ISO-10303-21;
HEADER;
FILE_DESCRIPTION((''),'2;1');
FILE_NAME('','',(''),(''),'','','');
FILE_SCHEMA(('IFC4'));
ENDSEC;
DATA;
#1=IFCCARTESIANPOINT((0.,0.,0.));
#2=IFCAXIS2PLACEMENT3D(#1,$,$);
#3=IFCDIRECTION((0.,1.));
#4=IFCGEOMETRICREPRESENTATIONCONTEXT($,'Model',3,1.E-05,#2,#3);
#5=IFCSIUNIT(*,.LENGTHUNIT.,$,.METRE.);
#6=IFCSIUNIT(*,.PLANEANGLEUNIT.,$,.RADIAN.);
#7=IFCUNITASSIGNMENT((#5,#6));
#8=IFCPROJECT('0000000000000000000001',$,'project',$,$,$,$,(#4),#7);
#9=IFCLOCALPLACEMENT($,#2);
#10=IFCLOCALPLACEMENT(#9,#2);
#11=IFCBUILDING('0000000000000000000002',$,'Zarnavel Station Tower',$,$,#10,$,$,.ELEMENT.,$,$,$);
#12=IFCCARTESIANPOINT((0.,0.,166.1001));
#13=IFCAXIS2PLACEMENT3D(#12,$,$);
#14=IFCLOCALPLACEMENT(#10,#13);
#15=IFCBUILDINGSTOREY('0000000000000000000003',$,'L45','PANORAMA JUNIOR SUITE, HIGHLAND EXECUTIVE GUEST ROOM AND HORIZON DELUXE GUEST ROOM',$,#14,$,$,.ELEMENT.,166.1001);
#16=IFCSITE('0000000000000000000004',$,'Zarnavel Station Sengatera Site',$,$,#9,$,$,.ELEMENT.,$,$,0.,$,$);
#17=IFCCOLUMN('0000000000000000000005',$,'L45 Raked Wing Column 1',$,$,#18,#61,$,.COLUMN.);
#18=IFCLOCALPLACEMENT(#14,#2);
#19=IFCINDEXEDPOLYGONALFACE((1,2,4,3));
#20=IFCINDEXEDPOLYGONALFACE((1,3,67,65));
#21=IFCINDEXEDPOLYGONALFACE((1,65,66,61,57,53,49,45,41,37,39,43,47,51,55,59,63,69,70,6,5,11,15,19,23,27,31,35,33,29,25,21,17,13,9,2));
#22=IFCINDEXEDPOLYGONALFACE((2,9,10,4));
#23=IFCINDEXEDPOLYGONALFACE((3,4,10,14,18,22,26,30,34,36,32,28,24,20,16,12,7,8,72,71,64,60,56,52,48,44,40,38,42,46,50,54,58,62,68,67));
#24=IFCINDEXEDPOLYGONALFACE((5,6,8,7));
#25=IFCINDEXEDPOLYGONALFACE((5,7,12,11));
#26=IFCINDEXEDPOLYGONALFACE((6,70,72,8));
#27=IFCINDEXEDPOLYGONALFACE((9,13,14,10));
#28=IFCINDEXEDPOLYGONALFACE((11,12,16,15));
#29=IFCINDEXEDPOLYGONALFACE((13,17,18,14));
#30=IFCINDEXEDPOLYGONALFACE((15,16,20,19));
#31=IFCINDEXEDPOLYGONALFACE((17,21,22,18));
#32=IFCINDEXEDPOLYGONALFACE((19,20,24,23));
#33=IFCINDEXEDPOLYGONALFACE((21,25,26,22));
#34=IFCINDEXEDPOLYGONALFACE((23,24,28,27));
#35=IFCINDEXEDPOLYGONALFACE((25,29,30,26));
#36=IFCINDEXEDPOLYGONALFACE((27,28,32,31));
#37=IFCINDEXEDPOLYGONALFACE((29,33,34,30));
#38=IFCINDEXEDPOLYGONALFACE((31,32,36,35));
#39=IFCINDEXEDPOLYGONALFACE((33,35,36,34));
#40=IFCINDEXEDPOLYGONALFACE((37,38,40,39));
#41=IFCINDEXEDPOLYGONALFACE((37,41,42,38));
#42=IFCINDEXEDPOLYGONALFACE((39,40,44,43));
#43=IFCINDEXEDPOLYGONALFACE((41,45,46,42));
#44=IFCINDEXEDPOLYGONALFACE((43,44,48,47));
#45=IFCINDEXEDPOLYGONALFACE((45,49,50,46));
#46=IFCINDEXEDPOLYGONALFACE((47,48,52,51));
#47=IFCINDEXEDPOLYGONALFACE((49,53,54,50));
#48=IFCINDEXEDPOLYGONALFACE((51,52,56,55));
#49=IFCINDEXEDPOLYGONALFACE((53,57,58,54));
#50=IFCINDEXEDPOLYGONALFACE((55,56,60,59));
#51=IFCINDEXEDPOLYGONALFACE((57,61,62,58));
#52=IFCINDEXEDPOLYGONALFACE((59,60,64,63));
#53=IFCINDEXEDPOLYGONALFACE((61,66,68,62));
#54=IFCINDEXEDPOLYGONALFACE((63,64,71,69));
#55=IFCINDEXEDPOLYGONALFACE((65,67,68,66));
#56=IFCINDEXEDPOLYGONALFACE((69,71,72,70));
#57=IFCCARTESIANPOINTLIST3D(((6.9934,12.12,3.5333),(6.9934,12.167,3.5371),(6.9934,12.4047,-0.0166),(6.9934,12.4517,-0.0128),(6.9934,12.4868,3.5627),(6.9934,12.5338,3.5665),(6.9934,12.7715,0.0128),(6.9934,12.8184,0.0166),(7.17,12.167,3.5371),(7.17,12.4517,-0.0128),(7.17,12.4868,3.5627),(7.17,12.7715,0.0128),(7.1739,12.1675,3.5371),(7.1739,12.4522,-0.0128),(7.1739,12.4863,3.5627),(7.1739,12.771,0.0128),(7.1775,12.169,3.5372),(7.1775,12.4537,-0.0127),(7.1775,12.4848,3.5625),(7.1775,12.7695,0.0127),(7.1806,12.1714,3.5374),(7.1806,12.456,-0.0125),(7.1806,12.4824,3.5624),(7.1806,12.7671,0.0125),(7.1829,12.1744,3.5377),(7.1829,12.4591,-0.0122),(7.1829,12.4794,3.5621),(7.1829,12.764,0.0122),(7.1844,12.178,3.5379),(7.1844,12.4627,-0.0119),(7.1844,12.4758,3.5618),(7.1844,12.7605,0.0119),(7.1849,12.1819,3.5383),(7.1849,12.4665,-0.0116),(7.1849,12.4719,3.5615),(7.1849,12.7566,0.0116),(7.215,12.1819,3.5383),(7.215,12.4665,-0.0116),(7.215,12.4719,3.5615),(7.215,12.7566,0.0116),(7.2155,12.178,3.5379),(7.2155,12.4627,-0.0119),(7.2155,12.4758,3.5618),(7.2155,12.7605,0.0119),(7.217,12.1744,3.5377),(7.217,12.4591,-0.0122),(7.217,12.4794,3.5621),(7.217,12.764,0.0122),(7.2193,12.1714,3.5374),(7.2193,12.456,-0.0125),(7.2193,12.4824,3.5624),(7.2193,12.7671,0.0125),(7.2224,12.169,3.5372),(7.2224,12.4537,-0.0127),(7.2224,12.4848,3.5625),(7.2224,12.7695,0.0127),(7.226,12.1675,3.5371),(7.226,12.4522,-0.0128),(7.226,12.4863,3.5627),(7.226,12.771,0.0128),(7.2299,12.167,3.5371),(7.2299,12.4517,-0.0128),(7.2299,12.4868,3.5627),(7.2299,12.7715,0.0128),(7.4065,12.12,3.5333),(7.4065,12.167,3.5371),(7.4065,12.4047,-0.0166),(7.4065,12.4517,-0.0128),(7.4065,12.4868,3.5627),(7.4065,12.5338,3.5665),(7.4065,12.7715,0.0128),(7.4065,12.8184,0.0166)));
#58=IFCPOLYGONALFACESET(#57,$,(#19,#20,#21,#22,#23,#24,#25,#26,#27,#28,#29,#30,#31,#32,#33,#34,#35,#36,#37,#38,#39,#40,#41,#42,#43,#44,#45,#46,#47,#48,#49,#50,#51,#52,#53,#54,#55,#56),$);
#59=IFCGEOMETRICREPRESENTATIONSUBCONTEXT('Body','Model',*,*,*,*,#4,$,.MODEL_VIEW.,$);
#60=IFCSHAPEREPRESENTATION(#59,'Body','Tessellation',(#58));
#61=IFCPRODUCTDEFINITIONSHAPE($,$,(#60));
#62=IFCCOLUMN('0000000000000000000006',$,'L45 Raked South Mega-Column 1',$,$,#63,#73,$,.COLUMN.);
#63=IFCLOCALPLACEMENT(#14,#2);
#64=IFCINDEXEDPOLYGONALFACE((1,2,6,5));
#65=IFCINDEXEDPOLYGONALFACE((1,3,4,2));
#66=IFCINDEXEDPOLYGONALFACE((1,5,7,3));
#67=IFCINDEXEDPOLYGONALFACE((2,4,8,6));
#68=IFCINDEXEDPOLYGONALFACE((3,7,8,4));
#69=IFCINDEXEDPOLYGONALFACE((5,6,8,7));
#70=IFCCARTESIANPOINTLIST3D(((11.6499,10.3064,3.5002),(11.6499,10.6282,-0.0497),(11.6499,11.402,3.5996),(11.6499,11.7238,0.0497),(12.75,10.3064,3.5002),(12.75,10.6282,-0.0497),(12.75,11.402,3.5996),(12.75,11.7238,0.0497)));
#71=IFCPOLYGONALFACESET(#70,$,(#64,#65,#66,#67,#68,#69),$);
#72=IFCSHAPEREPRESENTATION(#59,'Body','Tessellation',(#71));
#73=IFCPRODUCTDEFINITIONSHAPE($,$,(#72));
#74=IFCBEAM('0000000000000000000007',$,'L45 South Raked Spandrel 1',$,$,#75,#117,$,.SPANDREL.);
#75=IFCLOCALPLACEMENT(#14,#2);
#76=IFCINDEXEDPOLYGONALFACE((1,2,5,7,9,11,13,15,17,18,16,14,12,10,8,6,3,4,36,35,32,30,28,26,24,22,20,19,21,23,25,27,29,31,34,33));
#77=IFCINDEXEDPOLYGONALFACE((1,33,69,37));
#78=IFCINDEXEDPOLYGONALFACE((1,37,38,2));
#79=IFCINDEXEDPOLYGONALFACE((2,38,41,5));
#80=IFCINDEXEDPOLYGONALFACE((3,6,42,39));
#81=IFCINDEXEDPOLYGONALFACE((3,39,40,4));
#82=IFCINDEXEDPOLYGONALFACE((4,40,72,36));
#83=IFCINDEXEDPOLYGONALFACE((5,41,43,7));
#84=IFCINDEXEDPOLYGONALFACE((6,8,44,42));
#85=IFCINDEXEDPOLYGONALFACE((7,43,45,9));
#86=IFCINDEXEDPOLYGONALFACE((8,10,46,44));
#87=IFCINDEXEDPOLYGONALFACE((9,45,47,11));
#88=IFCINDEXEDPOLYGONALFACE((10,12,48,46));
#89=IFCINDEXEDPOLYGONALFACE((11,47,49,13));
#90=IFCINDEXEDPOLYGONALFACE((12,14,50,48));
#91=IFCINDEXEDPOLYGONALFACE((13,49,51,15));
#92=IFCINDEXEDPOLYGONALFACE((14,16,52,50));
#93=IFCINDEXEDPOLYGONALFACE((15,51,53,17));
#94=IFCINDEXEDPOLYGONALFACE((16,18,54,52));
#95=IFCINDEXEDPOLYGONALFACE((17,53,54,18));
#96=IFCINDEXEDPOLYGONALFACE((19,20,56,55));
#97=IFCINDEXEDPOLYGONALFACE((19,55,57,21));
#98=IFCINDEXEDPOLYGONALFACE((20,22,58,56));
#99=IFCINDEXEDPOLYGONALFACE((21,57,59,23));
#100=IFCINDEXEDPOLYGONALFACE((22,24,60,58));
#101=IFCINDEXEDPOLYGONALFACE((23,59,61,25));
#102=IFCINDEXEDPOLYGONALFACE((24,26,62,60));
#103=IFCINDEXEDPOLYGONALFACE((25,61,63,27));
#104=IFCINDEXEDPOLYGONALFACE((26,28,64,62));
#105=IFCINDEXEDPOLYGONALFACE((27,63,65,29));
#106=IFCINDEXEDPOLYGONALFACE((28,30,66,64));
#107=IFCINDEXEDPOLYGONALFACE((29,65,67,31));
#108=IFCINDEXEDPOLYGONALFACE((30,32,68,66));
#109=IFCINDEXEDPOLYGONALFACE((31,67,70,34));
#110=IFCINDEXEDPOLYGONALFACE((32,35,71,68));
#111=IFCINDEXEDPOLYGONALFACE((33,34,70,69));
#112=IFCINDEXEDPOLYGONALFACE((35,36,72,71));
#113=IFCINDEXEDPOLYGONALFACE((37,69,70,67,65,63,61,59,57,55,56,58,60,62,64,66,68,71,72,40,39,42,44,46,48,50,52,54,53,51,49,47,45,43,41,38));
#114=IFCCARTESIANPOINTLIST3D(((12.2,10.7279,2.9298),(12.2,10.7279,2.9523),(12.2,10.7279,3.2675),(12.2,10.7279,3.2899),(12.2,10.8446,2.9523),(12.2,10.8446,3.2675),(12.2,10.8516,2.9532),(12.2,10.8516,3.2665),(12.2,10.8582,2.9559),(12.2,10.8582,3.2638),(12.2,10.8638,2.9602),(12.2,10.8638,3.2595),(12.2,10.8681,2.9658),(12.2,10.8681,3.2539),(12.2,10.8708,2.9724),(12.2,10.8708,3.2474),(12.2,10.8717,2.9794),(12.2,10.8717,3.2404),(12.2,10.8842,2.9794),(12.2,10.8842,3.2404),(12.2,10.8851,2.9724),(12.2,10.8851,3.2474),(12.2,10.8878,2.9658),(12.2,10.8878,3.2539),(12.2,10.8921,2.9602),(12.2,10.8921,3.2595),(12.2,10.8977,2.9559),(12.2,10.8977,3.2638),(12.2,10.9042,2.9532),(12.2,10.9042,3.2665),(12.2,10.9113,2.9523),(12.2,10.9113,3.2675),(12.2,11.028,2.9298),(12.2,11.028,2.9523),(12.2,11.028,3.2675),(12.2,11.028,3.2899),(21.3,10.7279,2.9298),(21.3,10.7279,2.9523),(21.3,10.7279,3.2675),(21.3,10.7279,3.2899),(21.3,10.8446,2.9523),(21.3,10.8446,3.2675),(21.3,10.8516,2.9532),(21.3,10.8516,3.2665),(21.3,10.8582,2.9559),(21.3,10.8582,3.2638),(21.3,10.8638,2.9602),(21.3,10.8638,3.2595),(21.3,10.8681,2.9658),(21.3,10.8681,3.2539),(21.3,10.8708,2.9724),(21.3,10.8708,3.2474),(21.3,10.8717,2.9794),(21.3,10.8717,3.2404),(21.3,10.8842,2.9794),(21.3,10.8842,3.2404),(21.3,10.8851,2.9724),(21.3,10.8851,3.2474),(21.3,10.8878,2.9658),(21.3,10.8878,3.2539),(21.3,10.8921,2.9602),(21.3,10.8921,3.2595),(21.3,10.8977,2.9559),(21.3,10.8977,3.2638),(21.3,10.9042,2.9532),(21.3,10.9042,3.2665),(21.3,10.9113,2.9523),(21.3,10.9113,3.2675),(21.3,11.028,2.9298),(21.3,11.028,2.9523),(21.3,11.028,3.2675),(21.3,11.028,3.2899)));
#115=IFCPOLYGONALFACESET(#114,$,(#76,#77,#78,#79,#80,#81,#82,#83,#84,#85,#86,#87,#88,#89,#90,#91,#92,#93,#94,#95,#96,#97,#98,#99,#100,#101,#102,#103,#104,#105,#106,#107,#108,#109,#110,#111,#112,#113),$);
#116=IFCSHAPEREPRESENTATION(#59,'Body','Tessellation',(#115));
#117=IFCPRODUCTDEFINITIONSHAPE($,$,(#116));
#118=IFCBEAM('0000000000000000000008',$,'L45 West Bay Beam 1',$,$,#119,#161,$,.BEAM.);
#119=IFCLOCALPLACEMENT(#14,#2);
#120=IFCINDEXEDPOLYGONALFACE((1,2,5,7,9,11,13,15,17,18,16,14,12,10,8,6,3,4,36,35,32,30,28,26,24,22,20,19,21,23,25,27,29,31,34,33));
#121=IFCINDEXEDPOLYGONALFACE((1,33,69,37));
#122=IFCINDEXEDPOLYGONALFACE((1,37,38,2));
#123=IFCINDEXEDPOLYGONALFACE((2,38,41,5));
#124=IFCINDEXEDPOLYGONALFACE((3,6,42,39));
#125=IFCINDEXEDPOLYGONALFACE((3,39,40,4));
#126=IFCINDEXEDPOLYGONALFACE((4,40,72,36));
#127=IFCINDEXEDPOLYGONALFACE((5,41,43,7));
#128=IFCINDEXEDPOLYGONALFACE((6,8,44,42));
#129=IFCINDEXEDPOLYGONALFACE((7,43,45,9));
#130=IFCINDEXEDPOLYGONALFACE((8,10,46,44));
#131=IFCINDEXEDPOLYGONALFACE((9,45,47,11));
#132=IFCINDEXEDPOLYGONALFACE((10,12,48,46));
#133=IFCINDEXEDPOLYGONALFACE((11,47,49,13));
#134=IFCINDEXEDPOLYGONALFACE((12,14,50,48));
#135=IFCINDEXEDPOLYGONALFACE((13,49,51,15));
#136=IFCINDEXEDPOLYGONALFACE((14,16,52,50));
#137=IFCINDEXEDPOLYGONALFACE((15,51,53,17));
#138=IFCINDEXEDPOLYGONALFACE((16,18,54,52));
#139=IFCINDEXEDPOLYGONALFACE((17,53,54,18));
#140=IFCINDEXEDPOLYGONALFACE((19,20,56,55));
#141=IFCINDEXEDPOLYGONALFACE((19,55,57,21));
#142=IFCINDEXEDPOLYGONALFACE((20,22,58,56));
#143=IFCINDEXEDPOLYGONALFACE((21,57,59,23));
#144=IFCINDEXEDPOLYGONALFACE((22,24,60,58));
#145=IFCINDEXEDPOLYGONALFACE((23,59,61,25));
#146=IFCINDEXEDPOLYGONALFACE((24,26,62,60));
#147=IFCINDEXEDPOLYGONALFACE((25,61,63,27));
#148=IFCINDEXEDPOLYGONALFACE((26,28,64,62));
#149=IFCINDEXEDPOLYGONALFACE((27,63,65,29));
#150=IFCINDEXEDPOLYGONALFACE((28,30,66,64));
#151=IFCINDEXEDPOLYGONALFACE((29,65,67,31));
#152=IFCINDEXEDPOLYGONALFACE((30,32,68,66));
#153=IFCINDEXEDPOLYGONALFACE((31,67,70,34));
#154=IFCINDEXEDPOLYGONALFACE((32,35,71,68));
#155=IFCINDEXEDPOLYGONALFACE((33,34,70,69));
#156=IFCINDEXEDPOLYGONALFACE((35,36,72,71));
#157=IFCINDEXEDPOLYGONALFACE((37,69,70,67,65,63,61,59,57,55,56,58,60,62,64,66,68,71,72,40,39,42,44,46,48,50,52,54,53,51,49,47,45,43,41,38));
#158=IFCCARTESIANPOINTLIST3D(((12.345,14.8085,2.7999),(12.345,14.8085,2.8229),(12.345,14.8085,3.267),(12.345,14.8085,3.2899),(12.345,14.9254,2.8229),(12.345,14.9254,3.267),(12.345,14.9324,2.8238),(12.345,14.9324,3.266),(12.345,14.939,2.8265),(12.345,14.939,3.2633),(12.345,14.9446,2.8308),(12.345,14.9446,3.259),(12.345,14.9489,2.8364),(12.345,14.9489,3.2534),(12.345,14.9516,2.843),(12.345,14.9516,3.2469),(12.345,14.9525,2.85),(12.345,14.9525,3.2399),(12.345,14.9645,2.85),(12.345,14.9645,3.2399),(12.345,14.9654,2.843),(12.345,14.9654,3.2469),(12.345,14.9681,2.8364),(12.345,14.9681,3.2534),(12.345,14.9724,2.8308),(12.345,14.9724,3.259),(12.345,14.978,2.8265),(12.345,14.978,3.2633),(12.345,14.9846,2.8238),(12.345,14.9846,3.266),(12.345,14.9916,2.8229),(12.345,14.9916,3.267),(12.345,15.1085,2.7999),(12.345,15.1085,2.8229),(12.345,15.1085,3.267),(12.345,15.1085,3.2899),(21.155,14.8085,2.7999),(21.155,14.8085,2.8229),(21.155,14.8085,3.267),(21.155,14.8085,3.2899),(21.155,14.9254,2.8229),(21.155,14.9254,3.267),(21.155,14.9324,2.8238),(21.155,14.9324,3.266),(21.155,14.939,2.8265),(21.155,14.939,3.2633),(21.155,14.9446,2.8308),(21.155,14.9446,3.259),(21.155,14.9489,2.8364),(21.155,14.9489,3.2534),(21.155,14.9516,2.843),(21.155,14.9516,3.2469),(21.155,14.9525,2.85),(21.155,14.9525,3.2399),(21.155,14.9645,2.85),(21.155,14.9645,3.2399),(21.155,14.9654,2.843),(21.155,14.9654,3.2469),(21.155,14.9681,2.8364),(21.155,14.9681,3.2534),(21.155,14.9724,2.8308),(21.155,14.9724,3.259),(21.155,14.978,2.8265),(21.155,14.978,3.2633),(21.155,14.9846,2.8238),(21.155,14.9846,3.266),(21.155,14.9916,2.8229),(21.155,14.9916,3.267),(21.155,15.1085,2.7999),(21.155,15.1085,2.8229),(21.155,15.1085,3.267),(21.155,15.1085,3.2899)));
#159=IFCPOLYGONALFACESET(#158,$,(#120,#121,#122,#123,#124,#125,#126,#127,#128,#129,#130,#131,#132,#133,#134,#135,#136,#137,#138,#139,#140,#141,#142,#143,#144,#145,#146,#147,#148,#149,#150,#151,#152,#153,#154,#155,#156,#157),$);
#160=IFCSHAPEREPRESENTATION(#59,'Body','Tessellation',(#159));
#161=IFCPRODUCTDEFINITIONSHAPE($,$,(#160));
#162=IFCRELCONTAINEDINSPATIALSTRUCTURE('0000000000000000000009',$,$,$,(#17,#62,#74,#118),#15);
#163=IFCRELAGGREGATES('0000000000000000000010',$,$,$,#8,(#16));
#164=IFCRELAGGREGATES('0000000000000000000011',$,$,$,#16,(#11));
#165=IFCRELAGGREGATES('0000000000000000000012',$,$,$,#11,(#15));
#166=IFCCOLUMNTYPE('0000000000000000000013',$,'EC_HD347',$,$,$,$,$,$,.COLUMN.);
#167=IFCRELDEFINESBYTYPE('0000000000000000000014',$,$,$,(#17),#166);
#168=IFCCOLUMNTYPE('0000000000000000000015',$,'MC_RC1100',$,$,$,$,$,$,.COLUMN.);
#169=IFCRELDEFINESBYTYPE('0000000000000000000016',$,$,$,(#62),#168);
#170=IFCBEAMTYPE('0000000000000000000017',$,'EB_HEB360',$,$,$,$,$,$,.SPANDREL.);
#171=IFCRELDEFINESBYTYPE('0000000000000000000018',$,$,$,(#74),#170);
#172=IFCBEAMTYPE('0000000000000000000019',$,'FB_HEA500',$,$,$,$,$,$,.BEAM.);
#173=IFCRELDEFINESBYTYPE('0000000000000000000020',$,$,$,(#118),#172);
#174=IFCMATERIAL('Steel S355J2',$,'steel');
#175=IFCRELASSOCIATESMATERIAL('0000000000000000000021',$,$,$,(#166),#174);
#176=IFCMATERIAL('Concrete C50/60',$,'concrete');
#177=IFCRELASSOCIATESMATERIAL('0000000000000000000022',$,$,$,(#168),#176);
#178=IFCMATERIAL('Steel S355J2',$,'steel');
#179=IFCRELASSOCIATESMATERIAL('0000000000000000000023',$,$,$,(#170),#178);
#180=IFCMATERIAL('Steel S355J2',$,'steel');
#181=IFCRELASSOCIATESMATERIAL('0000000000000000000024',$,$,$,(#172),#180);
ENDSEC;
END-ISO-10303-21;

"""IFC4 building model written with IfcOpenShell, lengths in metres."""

from ifc_helpers import new_model, si_unit, direction, frame, origin, origin_2d, place, context, subcontext, project, spatial, rectangle, i_section, extrude, material, material_profile, profile_set, type_object, element, save


model = new_model("IFC4")

# Units and contexts
model_context = context("Model", 3, precision=1e-05, world=origin(), true_north=direction((0.0, 1.0)))
body_context = subcontext(model_context, "Body", "Model", "MODEL_VIEW")
ifc_project = project(units=[si_unit("LENGTHUNIT", "METRE"), si_unit("PLANEANGLEUNIT", "RADIAN")], contexts=[model_context])

# Site, building, storey
site_placement = place(None, origin())
site = spatial("IfcSite", under=ifc_project, at=site_placement, Name="Zarnavel Station Sengatera Site", CompositionType="ELEMENT", RefElevation=0.0)
building_placement = place(site_placement, origin())
building = spatial("IfcBuilding", under=site, at=building_placement, Name="Zarnavel Station Tower", CompositionType="ELEMENT")
storey_placement = place(building_placement, frame((0.0, 0.0, 166.1001)))
storey = spatial("IfcBuildingStorey", under=building, at=storey_placement, Name="L45", Description="PANORAMA JUNIOR SUITE, HIGHLAND EXECUTIVE GUEST ROOM AND HORIZON DELUXE GUEST ROOM", CompositionType="ELEMENT", Elevation=166.1001)

# Columns
ifc_material_1 = material(Name="Steel S355J2", Category="steel")
ifc_material_profile_1 = material_profile(ifc_material_1, i_section(OverallWidth=0.4131, OverallDepth=0.415, WebThickness=0.03, FlangeThickness=0.0471, FilletRadius=0.0149, at=origin_2d()), Name="HD400x347")
ifc_profile_set_1 = profile_set([ifc_material_profile_1], Name="Steel S355J2")
column_type_1 = type_object("IfcColumnType", Name="EC_HD347", PredefinedType="COLUMN", material=ifc_profile_set_1)
column_1_placement = place(storey_placement, frame((7.2, 12.6116, 0.0), z_axis=(0.0, -0.079936, 0.9968), x_axis=(1.0, 0.0, 0.0)))
element("IfcColumn", 1, at=column_1_placement, inside=storey, type_object=column_type_1, Name="L45 Raked Wing Column 1", PredefinedType="COLUMN", context=body_context, shape_type="SweptSolid", body=[
    extrude(i_section(OverallWidth=0.4131, OverallDepth=0.415, WebThickness=0.03, FlangeThickness=0.0471, FilletRadius=0.0149, at=origin_2d()), origin(), (0.0, 0.0, 1.0), 3.5613),
])
ifc_material_2 = material(Name="Concrete C50/60", Category="concrete")
ifc_material_profile_2 = material_profile(ifc_material_2, rectangle(XDim=1.1001, YDim=1.1001, at=origin_2d()), Name="RC1100x1100")
ifc_profile_set_2 = profile_set([ifc_material_profile_2], Name="Concrete C50/60")
column_type_2 = type_object("IfcColumnType", Name="MC_RC1100", PredefinedType="COLUMN", material=ifc_profile_set_2)
column_2_placement = place(storey_placement, frame((12.2, 11.176, 0.0), z_axis=(0.0, -0.090276, 0.995917), x_axis=(1.0, 0.0, 0.0)))
element("IfcColumn", 2, at=column_2_placement, inside=storey, type_object=column_type_2, Name="L45 Raked South Mega-Column 1", PredefinedType="COLUMN", context=body_context, shape_type="SweptSolid", body=[
    extrude(rectangle(XDim=1.1001, YDim=1.1001, at=origin_2d()), origin(), (0.0, 0.0, 1.0), 3.5645),
])

# Beams
ifc_material_3 = material(Name="Steel S355J2", Category="steel")
ifc_material_profile_3 = material_profile(ifc_material_3, i_section(OverallWidth=0.3, OverallDepth=0.3601, WebThickness=0.0125, FlangeThickness=0.0225, FilletRadius=0.0271, at=origin_2d()), Name="HEB360")
ifc_profile_set_3 = profile_set([ifc_material_profile_3], Name="Steel S355J2")
beam_type_1 = type_object("IfcBeamType", Name="EB_HEB360", PredefinedType="SPANDREL", material=ifc_profile_set_3)
beam_1_placement = place(storey_placement, frame((12.2, 10.8779, 3.1099), z_axis=(1.0, 0.0, 0.0), x_axis=(0.0, 1.0, 0.0)))
element("IfcBeam", 3, at=beam_1_placement, inside=storey, type_object=beam_type_1, Name="L45 South Raked Spandrel 1", PredefinedType="SPANDREL", context=body_context, shape_type="SweptSolid", body=[
    extrude(i_section(OverallWidth=0.3, OverallDepth=0.3601, WebThickness=0.0125, FlangeThickness=0.0225, FilletRadius=0.0271, at=origin_2d()), origin(), (0.0, 0.0, 1.0), 9.1001),
])
ifc_material_4 = material(Name="Steel S355J2", Category="steel")
ifc_material_profile_4 = material_profile(ifc_material_4, i_section(OverallWidth=0.3, OverallDepth=0.49, WebThickness=0.012, FlangeThickness=0.0229, FilletRadius=0.0271, at=origin_2d()), Name="HEA500")
ifc_profile_set_4 = profile_set([ifc_material_profile_4], Name="Steel S355J2")
beam_type_2 = type_object("IfcBeamType", Name="FB_HEA500", PredefinedType="BEAM", material=ifc_profile_set_4)
beam_2_placement = place(storey_placement, frame((12.345, 14.9585, 3.0449), z_axis=(1.0, 0.0, 0.0), x_axis=(0.0, 1.0, 0.0)))
element("IfcBeam", 4, at=beam_2_placement, inside=storey, type_object=beam_type_2, Name="L45 West Bay Beam 1", PredefinedType="BEAM", context=body_context, shape_type="SweptSolid", body=[
    extrude(i_section(OverallWidth=0.3, OverallDepth=0.49, WebThickness=0.012, FlangeThickness=0.0229, FilletRadius=0.0271, at=origin_2d()), origin(), (0.0, 0.0, 1.0), 8.8101),
])

save(model, "model.ifc")
